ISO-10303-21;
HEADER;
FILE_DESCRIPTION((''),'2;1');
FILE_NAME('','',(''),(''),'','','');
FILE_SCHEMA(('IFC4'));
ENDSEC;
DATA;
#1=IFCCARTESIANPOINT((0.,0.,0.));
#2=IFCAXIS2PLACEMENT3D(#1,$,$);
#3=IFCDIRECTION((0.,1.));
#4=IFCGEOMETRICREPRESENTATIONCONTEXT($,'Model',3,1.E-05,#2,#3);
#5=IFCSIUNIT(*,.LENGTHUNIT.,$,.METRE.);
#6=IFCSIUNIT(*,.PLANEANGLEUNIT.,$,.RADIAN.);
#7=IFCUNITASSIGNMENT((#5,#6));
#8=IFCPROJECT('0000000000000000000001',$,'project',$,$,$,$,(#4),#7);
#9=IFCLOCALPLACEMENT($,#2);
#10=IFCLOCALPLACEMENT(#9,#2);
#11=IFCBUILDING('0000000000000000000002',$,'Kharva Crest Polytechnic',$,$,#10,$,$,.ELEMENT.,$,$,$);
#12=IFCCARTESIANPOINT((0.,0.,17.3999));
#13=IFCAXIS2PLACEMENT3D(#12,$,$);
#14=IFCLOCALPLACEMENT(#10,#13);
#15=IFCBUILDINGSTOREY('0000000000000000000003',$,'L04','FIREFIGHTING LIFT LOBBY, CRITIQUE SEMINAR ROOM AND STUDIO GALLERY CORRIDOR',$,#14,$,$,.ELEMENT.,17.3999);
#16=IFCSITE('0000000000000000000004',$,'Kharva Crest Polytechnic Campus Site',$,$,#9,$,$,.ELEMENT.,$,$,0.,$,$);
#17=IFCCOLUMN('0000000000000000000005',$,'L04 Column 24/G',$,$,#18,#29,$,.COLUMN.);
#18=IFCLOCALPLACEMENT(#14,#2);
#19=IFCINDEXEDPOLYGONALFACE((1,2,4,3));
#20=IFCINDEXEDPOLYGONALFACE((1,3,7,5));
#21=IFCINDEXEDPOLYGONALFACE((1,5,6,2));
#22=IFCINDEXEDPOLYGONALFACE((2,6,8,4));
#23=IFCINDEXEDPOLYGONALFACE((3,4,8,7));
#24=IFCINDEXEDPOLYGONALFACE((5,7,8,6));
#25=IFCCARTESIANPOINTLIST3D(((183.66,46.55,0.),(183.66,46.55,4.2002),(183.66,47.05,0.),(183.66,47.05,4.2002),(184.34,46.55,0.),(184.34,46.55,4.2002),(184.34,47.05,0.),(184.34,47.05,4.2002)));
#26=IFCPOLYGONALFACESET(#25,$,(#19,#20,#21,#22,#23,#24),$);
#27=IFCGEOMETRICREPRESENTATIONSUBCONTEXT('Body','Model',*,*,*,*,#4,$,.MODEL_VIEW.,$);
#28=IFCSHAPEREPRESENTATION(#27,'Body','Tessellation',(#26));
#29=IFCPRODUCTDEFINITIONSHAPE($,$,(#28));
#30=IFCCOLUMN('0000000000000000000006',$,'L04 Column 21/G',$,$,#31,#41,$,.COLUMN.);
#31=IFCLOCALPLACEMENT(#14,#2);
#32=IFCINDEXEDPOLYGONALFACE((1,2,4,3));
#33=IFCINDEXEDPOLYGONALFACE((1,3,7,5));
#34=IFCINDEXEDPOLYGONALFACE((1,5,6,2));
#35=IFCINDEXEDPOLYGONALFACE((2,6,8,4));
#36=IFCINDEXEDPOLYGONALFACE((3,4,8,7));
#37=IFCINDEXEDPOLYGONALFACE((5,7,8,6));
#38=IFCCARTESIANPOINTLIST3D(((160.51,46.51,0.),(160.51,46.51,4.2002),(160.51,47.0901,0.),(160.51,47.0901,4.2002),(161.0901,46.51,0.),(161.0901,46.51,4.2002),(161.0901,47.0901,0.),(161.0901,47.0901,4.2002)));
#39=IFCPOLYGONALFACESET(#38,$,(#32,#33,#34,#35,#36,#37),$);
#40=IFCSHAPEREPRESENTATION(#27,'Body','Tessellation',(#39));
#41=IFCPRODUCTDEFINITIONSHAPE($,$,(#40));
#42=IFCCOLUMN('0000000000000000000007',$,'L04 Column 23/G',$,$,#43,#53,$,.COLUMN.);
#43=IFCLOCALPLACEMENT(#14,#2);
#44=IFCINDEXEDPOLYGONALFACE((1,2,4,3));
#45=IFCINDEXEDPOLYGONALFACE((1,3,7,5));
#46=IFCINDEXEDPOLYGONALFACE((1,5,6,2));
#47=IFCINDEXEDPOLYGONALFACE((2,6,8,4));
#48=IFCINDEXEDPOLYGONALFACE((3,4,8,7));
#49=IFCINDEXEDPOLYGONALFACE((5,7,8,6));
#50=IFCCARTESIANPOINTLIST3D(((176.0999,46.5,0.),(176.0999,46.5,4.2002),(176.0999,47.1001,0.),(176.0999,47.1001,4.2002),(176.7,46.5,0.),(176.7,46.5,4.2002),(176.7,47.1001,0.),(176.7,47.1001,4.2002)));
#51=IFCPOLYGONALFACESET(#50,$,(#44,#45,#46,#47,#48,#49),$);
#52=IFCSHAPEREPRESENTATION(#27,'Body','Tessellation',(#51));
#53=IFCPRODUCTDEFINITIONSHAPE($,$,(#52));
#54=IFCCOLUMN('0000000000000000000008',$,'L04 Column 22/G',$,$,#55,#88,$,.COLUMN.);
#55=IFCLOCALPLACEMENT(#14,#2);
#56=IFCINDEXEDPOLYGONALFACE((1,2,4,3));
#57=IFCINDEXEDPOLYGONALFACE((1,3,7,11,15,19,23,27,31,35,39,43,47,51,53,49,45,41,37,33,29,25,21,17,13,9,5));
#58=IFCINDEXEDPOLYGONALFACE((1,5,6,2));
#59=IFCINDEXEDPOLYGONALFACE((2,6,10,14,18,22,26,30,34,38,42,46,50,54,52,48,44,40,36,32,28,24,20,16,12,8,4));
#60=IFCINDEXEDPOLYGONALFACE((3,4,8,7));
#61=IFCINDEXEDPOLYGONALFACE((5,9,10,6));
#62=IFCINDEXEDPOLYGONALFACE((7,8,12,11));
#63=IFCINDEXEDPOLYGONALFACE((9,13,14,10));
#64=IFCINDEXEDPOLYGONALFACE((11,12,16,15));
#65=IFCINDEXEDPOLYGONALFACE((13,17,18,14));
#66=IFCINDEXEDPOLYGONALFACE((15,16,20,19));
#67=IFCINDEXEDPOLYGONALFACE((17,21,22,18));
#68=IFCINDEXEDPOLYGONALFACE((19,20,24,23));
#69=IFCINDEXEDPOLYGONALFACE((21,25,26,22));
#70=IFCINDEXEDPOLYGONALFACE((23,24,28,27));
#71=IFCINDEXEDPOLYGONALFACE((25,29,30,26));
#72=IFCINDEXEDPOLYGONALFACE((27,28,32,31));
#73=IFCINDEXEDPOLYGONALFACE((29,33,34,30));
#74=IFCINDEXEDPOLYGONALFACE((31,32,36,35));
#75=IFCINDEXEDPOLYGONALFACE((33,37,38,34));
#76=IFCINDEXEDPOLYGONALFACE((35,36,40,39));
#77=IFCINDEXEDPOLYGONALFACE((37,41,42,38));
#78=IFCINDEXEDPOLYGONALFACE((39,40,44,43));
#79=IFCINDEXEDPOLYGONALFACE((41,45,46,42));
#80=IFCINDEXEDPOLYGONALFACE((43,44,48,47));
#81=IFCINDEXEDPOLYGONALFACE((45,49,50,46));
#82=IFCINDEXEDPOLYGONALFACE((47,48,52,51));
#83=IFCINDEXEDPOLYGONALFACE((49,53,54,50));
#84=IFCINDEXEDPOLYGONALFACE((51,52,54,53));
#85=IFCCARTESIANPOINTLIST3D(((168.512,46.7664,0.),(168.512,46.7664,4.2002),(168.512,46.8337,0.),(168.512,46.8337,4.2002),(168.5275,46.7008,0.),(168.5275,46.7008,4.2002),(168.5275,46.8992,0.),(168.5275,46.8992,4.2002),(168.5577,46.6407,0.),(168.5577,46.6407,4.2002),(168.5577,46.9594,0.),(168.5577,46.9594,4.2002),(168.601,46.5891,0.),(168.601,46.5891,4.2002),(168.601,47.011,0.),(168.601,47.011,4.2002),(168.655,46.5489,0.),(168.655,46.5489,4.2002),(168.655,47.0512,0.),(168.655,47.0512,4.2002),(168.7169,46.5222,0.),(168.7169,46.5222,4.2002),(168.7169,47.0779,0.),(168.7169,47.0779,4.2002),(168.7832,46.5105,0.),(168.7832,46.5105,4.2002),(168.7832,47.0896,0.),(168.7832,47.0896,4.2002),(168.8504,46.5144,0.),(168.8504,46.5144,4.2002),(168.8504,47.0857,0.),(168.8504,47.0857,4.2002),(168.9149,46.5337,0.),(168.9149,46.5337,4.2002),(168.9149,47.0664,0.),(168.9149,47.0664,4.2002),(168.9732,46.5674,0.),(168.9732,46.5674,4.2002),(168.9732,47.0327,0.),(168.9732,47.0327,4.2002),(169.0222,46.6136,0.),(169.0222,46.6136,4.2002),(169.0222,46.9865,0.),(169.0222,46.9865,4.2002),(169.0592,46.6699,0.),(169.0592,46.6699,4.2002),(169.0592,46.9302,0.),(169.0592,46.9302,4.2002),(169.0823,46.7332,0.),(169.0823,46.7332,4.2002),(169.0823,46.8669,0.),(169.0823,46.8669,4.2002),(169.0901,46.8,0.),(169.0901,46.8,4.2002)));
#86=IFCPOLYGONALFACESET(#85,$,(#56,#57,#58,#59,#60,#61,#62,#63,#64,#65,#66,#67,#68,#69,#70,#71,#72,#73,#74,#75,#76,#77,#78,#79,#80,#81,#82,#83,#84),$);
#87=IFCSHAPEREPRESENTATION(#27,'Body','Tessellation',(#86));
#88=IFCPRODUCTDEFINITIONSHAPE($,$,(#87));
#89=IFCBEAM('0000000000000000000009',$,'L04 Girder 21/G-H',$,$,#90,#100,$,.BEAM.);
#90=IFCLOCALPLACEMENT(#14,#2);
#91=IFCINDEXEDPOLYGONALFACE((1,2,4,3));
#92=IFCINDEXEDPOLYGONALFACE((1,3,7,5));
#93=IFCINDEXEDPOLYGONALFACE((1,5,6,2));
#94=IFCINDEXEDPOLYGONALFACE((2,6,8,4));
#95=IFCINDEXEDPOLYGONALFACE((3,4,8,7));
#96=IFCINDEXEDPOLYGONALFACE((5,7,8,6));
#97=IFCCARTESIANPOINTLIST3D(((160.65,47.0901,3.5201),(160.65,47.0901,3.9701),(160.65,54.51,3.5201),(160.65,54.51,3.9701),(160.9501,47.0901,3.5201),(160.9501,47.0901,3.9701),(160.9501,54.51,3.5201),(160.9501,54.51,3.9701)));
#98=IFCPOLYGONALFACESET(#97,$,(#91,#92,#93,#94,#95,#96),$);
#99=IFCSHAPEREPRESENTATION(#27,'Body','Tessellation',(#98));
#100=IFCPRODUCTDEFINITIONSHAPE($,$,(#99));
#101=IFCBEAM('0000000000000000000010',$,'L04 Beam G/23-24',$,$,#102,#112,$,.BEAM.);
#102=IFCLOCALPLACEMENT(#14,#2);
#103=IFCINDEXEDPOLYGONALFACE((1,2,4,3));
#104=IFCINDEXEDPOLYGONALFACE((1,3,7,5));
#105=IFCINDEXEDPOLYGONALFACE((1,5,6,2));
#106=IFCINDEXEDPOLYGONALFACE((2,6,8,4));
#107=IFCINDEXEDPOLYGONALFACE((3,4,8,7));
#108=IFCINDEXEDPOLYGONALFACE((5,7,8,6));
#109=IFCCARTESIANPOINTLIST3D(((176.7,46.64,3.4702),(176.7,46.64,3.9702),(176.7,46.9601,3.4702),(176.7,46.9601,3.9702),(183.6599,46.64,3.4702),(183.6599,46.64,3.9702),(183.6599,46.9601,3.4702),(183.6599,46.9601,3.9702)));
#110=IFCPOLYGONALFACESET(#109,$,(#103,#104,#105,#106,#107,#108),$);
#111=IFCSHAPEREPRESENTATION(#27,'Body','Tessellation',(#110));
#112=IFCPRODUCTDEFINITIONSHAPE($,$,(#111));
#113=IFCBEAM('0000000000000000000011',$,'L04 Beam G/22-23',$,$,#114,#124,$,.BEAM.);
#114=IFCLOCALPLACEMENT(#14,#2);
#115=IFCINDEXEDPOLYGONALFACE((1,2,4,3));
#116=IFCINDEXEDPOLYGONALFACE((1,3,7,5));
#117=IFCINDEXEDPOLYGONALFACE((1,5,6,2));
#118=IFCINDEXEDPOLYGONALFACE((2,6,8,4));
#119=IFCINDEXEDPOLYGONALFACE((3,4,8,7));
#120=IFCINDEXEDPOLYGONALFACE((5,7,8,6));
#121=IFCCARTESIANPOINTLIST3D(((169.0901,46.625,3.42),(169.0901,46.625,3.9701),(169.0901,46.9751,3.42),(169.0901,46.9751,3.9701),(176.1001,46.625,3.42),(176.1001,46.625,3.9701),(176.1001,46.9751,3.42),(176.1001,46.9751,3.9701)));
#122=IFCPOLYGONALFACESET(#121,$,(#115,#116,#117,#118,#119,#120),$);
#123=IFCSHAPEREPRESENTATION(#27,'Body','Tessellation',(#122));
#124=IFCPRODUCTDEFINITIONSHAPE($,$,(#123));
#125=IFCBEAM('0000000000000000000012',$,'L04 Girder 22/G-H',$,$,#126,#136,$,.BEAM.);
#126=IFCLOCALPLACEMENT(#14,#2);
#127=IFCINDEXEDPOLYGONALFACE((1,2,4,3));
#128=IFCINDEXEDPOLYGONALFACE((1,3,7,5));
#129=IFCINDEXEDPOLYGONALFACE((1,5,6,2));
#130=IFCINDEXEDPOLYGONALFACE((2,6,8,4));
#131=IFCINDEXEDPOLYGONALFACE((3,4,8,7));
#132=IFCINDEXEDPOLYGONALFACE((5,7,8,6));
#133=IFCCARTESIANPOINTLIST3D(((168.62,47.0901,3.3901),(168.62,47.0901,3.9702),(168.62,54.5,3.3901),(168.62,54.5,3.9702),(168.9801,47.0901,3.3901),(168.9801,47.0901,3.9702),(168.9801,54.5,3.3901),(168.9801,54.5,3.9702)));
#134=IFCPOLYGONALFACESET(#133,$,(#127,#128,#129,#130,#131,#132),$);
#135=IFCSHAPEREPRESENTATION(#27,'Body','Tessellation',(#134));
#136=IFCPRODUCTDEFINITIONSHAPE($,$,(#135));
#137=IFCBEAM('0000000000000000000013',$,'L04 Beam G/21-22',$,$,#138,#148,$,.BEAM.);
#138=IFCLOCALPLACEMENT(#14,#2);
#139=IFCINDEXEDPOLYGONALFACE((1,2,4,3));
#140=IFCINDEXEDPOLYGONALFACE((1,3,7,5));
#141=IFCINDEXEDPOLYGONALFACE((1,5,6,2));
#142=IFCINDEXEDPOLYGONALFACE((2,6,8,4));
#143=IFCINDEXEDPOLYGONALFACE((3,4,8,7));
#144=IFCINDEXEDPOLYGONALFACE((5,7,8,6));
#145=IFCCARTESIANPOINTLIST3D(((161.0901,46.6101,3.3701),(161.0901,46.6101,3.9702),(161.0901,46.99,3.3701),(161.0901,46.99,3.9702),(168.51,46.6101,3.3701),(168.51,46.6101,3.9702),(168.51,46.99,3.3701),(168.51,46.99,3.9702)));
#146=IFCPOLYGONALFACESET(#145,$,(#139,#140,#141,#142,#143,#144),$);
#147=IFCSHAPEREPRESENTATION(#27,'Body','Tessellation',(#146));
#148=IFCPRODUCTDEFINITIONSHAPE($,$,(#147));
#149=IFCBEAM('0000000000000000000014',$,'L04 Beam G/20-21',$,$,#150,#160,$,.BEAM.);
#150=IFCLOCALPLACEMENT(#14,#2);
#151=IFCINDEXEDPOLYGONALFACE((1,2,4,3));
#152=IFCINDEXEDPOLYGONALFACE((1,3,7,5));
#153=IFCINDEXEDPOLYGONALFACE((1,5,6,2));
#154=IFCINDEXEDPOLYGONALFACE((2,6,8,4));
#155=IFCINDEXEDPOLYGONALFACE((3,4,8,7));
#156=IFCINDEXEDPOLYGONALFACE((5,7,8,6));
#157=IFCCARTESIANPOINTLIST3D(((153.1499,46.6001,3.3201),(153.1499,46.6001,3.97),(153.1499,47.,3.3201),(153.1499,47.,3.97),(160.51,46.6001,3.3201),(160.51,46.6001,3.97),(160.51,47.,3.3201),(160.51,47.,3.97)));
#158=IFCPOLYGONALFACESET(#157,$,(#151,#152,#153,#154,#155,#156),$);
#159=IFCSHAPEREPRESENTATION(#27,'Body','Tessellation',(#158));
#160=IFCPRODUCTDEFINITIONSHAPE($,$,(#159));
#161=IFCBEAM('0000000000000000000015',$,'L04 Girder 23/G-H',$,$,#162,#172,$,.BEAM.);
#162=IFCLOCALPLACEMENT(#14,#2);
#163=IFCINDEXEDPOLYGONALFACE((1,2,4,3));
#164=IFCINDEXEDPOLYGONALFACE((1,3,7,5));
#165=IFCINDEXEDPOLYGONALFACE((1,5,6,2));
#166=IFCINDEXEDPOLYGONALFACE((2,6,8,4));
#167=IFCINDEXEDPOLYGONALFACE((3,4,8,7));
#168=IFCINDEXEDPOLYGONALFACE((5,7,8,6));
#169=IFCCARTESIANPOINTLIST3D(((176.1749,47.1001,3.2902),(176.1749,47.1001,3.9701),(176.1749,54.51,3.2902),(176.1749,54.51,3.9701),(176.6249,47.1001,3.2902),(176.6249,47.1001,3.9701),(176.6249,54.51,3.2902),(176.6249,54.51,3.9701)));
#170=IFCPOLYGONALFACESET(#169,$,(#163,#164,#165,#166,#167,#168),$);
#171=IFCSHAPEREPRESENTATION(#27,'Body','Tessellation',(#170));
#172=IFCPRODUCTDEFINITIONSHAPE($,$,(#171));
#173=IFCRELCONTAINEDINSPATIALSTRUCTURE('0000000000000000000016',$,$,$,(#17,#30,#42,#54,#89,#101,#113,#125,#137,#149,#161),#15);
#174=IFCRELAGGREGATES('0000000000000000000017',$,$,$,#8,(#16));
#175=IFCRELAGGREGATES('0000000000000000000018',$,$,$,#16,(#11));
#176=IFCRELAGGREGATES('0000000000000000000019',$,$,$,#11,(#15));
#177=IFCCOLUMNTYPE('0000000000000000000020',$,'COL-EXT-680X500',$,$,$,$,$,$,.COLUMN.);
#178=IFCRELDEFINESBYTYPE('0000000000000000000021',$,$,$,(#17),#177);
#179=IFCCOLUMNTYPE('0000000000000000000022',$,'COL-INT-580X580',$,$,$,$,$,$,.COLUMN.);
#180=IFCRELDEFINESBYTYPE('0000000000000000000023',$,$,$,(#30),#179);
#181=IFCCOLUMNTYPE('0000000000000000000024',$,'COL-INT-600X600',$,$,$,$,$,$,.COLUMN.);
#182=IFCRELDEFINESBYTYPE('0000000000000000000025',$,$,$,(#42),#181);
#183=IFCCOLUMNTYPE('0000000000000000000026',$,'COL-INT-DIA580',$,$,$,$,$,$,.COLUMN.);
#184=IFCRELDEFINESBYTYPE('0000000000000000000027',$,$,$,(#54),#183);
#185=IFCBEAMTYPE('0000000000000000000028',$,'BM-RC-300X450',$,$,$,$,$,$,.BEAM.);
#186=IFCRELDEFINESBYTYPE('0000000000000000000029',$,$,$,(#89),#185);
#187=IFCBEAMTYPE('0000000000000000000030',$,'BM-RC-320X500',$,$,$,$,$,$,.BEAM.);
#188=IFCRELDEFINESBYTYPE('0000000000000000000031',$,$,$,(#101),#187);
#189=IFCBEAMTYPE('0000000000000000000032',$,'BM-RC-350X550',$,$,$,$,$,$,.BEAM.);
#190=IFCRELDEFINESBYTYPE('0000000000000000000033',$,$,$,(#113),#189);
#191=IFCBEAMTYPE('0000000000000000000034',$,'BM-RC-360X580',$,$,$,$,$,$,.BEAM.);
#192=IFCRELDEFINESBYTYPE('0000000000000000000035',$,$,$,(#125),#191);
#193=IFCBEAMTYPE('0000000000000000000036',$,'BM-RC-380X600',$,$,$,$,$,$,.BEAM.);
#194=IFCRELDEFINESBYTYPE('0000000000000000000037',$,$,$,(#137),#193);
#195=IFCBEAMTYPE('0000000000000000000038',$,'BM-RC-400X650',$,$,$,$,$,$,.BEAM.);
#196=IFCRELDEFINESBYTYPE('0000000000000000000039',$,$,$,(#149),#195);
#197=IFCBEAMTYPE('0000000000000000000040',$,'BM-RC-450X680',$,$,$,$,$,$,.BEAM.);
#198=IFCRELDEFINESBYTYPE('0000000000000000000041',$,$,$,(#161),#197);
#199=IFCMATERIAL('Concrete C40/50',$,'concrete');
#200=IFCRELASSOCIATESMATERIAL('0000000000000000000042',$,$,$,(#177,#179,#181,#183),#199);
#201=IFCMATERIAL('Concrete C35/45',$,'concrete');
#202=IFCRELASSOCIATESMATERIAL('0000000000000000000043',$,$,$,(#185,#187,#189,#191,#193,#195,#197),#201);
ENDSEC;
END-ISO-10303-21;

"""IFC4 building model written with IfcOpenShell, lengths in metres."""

from ifc_helpers import new_model, si_unit, direction, frame, origin, origin_2d, place, context, subcontext, project, spatial, rectangle, circle, extrude, material, material_profile, profile_set, type_object, element, save


model = new_model("IFC4")

# Units and contexts
model_context = context("Model", 3, precision=1e-05, world=origin(), true_north=direction((0.0, 1.0)))
body_context = subcontext(model_context, "Body", "Model", "MODEL_VIEW")
ifc_project = project(units=[si_unit("LENGTHUNIT", "METRE"), si_unit("PLANEANGLEUNIT", "RADIAN")], contexts=[model_context])

# Site, building, storey
site_placement = place(None, origin())
site = spatial("IfcSite", under=ifc_project, at=site_placement, Name="Kharva Crest Polytechnic Campus Site", CompositionType="ELEMENT", RefElevation=0.0)
building_placement = place(site_placement, origin())
building = spatial("IfcBuilding", under=site, at=building_placement, Name="Kharva Crest Polytechnic", CompositionType="ELEMENT")
storey_placement = place(building_placement, frame((0.0, 0.0, 17.3999)))
storey = spatial("IfcBuildingStorey", under=building, at=storey_placement, Name="L04", Description="FIREFIGHTING LIFT LOBBY, CRITIQUE SEMINAR ROOM AND STUDIO GALLERY CORRIDOR", CompositionType="ELEMENT", Elevation=17.3999)

# Columns
ifc_material_1 = material(Name="Concrete C40/50", Category="concrete")
ifc_material_profile_1 = material_profile(ifc_material_1, rectangle(XDim=0.6799, YDim=0.5, at=origin_2d()), Name="RECT 680 X 500")
ifc_profile_set_1 = profile_set([ifc_material_profile_1], Name="Concrete C40/50")
column_type_1 = type_object("IfcColumnType", Name="COL-EXT-680X500", PredefinedType="COLUMN", material=ifc_profile_set_1)
column_1_placement = place(storey_placement, frame((184.0, 46.8, 0.0), z_axis=(0.0, 0.0, 1.0), x_axis=(1.0, 0.0, 0.0)))
element("IfcColumn", 1, at=column_1_placement, inside=storey, type_object=column_type_1, Name="L04 Column 24/G", PredefinedType="COLUMN", context=body_context, shape_type="SweptSolid", body=[
    extrude(rectangle(XDim=0.6799, YDim=0.5, at=origin_2d()), origin(), (0.0, 0.0, 1.0), 4.2002),
])
ifc_material_profile_2 = material_profile(ifc_material_1, rectangle(XDim=0.5801, YDim=0.5801, at=origin_2d()), Name="RECT 580 X 580")
ifc_profile_set_2 = profile_set([ifc_material_profile_2], Name="Concrete C40/50")
column_type_2 = type_object("IfcColumnType", Name="COL-INT-580X580", PredefinedType="COLUMN", material=ifc_profile_set_2)
column_2_placement = place(storey_placement, frame((160.8, 46.8, 0.0), z_axis=(0.0, 0.0, 1.0), x_axis=(1.0, 0.0, 0.0)))
element("IfcColumn", 2, at=column_2_placement, inside=storey, type_object=column_type_2, Name="L04 Column 21/G", PredefinedType="COLUMN", context=body_context, shape_type="SweptSolid", body=[
    extrude(rectangle(XDim=0.5801, YDim=0.5801, at=origin_2d()), origin(), (0.0, 0.0, 1.0), 4.2002),
])
ifc_material_profile_3 = material_profile(ifc_material_1, rectangle(XDim=0.6001, YDim=0.6001, at=origin_2d()), Name="RECT 600 X 600")
ifc_profile_set_3 = profile_set([ifc_material_profile_3], Name="Concrete C40/50")
column_type_3 = type_object("IfcColumnType", Name="COL-INT-600X600", PredefinedType="COLUMN", material=ifc_profile_set_3)
column_3_placement = place(storey_placement, frame((176.3999, 46.8, 0.0), z_axis=(0.0, 0.0, 1.0), x_axis=(1.0, 0.0, 0.0)))
element("IfcColumn", 3, at=column_3_placement, inside=storey, type_object=column_type_3, Name="L04 Column 23/G", PredefinedType="COLUMN", context=body_context, shape_type="SweptSolid", body=[
    extrude(rectangle(XDim=0.6001, YDim=0.6001, at=origin_2d()), origin(), (0.0, 0.0, 1.0), 4.2002),
])
ifc_material_profile_4 = material_profile(ifc_material_1, circle(Radius=0.29, at=origin_2d()), Name="DIA 580")
ifc_profile_set_4 = profile_set([ifc_material_profile_4], Name="Concrete C40/50")
column_type_4 = type_object("IfcColumnType", Name="COL-INT-DIA580", PredefinedType="COLUMN", material=ifc_profile_set_4)
column_4_placement = place(storey_placement, frame((168.8, 46.8, 0.0), z_axis=(0.0, 0.0, 1.0), x_axis=(1.0, 0.0, 0.0)))
element("IfcColumn", 4, at=column_4_placement, inside=storey, type_object=column_type_4, Name="L04 Column 22/G", PredefinedType="COLUMN", context=body_context, shape_type="SweptSolid", body=[
    extrude(circle(Radius=0.29, at=origin_2d()), origin(), (0.0, 0.0, 1.0), 4.2002),
])

# Beams
ifc_material_2 = material(Name="Concrete C35/45", Category="concrete")
ifc_material_profile_5 = material_profile(ifc_material_2, rectangle(XDim=0.3, YDim=0.45, at=origin_2d()), Name="RECT 300 X 450")
ifc_profile_set_5 = profile_set([ifc_material_profile_5], Name="Concrete C35/45")
beam_type_1 = type_object("IfcBeamType", Name="BM-RC-300X450", PredefinedType="BEAM", material=ifc_profile_set_5)
beam_1_placement = place(storey_placement, frame((160.8, 47.0901, 3.7451), z_axis=(0.0, 1.0, 0.0), x_axis=(-1.0, 0.0, 0.0)))
element("IfcBeam", 5, at=beam_1_placement, inside=storey, type_object=beam_type_1, Name="L04 Girder 21/G-H", PredefinedType="BEAM", context=body_context, shape_type="SweptSolid", body=[
    extrude(rectangle(XDim=0.3, YDim=0.45, at=origin_2d()), origin(), (0.0, 0.0, 1.0), 7.4199),
])
ifc_material_profile_6 = material_profile(ifc_material_2, rectangle(XDim=0.3201, YDim=0.5, at=origin_2d()), Name="RECT 320 X 500")
ifc_profile_set_6 = profile_set([ifc_material_profile_6], Name="Concrete C35/45")
beam_type_2 = type_object("IfcBeamType", Name="BM-RC-320X500", PredefinedType="BEAM", material=ifc_profile_set_6)
beam_2_placement = place(storey_placement, frame((176.7, 46.8, 3.7202), z_axis=(1.0, 0.0, 0.0), x_axis=(0.0, 1.0, 0.0)))
element("IfcBeam", 6, at=beam_2_placement, inside=storey, type_object=beam_type_2, Name="L04 Beam G/23-24", PredefinedType="BEAM", context=body_context, shape_type="SweptSolid", body=[
    extrude(rectangle(XDim=0.3201, YDim=0.5, at=origin_2d()), origin(), (0.0, 0.0, 1.0), 6.96),
])
ifc_material_profile_7 = material_profile(ifc_material_2, rectangle(XDim=0.3501, YDim=0.55, at=origin_2d()), Name="RECT 350 X 550")
ifc_profile_set_7 = profile_set([ifc_material_profile_7], Name="Concrete C35/45")
beam_type_3 = type_object("IfcBeamType", Name="BM-RC-350X550", PredefinedType="BEAM", material=ifc_profile_set_7)
beam_3_placement = place(storey_placement, frame((169.0901, 46.8, 3.6951), z_axis=(1.0, 0.0, 0.0), x_axis=(0.0, 1.0, 0.0)))
element("IfcBeam", 7, at=beam_3_placement, inside=storey, type_object=beam_type_3, Name="L04 Beam G/22-23", PredefinedType="BEAM", context=body_context, shape_type="SweptSolid", body=[
    extrude(rectangle(XDim=0.3501, YDim=0.55, at=origin_2d()), origin(), (0.0, 0.0, 1.0), 7.01),
])
ifc_material_profile_8 = material_profile(ifc_material_2, rectangle(XDim=0.3601, YDim=0.5801, at=origin_2d()), Name="RECT 360 X 580")
ifc_profile_set_8 = profile_set([ifc_material_profile_8], Name="Concrete C35/45")
beam_type_4 = type_object("IfcBeamType", Name="BM-RC-360X580", PredefinedType="BEAM", material=ifc_profile_set_8)
beam_4_placement = place(storey_placement, frame((168.8, 47.0901, 3.6802), z_axis=(0.0, 1.0, 0.0), x_axis=(-1.0, 0.0, 0.0)))
element("IfcBeam", 8, at=beam_4_placement, inside=storey, type_object=beam_type_4, Name="L04 Girder 22/G-H", PredefinedType="BEAM", context=body_context, shape_type="SweptSolid", body=[
    extrude(rectangle(XDim=0.3601, YDim=0.5801, at=origin_2d()), origin(), (0.0, 0.0, 1.0), 7.4099),
])
ifc_material_profile_9 = material_profile(ifc_material_2, rectangle(XDim=0.3799, YDim=0.6001, at=origin_2d()), Name="RECT 380 X 600")
ifc_profile_set_9 = profile_set([ifc_material_profile_9], Name="Concrete C35/45")
beam_type_5 = type_object("IfcBeamType", Name="BM-RC-380X600", PredefinedType="BEAM", material=ifc_profile_set_9)
beam_5_placement = place(storey_placement, frame((161.0901, 46.8, 3.6702), z_axis=(1.0, 0.0, 0.0), x_axis=(0.0, 1.0, 0.0)))
element("IfcBeam", 9, at=beam_5_placement, inside=storey, type_object=beam_type_5, Name="L04 Beam G/21-22", PredefinedType="BEAM", context=body_context, shape_type="SweptSolid", body=[
    extrude(rectangle(XDim=0.3799, YDim=0.6001, at=origin_2d()), origin(), (0.0, 0.0, 1.0), 7.4199),
])
ifc_material_profile_10 = material_profile(ifc_material_2, rectangle(XDim=0.3999, YDim=0.6499, at=origin_2d()), Name="RECT 400 X 650")
ifc_profile_set_10 = profile_set([ifc_material_profile_10], Name="Concrete C35/45")
beam_type_6 = type_object("IfcBeamType", Name="BM-RC-400X650", PredefinedType="BEAM", material=ifc_profile_set_10)
beam_6_placement = place(storey_placement, frame((153.1499, 46.8, 3.645), z_axis=(1.0, 0.0, 0.0), x_axis=(0.0, 1.0, 0.0)))
element("IfcBeam", 10, at=beam_6_placement, inside=storey, type_object=beam_type_6, Name="L04 Beam G/20-21", PredefinedType="BEAM", context=body_context, shape_type="SweptSolid", body=[
    extrude(rectangle(XDim=0.3999, YDim=0.6499, at=origin_2d()), origin(), (0.0, 0.0, 1.0), 7.3601),
])
ifc_material_profile_11 = material_profile(ifc_material_2, rectangle(XDim=0.45, YDim=0.6799, at=origin_2d()), Name="RECT 450 X 680")
ifc_profile_set_11 = profile_set([ifc_material_profile_11], Name="Concrete C35/45")
beam_type_7 = type_object("IfcBeamType", Name="BM-RC-450X680", PredefinedType="BEAM", material=ifc_profile_set_11)
beam_7_placement = place(storey_placement, frame((176.3999, 47.1001, 3.6301), z_axis=(0.0, 1.0, 0.0), x_axis=(-1.0, 0.0, 0.0)))
element("IfcBeam", 11, at=beam_7_placement, inside=storey, type_object=beam_type_7, Name="L04 Girder 23/G-H", PredefinedType="BEAM", context=body_context, shape_type="SweptSolid", body=[
    extrude(rectangle(XDim=0.45, YDim=0.6799, at=origin_2d()), origin(), (0.0, 0.0, 1.0), 7.4099),
])

save(model, "model.ifc")
